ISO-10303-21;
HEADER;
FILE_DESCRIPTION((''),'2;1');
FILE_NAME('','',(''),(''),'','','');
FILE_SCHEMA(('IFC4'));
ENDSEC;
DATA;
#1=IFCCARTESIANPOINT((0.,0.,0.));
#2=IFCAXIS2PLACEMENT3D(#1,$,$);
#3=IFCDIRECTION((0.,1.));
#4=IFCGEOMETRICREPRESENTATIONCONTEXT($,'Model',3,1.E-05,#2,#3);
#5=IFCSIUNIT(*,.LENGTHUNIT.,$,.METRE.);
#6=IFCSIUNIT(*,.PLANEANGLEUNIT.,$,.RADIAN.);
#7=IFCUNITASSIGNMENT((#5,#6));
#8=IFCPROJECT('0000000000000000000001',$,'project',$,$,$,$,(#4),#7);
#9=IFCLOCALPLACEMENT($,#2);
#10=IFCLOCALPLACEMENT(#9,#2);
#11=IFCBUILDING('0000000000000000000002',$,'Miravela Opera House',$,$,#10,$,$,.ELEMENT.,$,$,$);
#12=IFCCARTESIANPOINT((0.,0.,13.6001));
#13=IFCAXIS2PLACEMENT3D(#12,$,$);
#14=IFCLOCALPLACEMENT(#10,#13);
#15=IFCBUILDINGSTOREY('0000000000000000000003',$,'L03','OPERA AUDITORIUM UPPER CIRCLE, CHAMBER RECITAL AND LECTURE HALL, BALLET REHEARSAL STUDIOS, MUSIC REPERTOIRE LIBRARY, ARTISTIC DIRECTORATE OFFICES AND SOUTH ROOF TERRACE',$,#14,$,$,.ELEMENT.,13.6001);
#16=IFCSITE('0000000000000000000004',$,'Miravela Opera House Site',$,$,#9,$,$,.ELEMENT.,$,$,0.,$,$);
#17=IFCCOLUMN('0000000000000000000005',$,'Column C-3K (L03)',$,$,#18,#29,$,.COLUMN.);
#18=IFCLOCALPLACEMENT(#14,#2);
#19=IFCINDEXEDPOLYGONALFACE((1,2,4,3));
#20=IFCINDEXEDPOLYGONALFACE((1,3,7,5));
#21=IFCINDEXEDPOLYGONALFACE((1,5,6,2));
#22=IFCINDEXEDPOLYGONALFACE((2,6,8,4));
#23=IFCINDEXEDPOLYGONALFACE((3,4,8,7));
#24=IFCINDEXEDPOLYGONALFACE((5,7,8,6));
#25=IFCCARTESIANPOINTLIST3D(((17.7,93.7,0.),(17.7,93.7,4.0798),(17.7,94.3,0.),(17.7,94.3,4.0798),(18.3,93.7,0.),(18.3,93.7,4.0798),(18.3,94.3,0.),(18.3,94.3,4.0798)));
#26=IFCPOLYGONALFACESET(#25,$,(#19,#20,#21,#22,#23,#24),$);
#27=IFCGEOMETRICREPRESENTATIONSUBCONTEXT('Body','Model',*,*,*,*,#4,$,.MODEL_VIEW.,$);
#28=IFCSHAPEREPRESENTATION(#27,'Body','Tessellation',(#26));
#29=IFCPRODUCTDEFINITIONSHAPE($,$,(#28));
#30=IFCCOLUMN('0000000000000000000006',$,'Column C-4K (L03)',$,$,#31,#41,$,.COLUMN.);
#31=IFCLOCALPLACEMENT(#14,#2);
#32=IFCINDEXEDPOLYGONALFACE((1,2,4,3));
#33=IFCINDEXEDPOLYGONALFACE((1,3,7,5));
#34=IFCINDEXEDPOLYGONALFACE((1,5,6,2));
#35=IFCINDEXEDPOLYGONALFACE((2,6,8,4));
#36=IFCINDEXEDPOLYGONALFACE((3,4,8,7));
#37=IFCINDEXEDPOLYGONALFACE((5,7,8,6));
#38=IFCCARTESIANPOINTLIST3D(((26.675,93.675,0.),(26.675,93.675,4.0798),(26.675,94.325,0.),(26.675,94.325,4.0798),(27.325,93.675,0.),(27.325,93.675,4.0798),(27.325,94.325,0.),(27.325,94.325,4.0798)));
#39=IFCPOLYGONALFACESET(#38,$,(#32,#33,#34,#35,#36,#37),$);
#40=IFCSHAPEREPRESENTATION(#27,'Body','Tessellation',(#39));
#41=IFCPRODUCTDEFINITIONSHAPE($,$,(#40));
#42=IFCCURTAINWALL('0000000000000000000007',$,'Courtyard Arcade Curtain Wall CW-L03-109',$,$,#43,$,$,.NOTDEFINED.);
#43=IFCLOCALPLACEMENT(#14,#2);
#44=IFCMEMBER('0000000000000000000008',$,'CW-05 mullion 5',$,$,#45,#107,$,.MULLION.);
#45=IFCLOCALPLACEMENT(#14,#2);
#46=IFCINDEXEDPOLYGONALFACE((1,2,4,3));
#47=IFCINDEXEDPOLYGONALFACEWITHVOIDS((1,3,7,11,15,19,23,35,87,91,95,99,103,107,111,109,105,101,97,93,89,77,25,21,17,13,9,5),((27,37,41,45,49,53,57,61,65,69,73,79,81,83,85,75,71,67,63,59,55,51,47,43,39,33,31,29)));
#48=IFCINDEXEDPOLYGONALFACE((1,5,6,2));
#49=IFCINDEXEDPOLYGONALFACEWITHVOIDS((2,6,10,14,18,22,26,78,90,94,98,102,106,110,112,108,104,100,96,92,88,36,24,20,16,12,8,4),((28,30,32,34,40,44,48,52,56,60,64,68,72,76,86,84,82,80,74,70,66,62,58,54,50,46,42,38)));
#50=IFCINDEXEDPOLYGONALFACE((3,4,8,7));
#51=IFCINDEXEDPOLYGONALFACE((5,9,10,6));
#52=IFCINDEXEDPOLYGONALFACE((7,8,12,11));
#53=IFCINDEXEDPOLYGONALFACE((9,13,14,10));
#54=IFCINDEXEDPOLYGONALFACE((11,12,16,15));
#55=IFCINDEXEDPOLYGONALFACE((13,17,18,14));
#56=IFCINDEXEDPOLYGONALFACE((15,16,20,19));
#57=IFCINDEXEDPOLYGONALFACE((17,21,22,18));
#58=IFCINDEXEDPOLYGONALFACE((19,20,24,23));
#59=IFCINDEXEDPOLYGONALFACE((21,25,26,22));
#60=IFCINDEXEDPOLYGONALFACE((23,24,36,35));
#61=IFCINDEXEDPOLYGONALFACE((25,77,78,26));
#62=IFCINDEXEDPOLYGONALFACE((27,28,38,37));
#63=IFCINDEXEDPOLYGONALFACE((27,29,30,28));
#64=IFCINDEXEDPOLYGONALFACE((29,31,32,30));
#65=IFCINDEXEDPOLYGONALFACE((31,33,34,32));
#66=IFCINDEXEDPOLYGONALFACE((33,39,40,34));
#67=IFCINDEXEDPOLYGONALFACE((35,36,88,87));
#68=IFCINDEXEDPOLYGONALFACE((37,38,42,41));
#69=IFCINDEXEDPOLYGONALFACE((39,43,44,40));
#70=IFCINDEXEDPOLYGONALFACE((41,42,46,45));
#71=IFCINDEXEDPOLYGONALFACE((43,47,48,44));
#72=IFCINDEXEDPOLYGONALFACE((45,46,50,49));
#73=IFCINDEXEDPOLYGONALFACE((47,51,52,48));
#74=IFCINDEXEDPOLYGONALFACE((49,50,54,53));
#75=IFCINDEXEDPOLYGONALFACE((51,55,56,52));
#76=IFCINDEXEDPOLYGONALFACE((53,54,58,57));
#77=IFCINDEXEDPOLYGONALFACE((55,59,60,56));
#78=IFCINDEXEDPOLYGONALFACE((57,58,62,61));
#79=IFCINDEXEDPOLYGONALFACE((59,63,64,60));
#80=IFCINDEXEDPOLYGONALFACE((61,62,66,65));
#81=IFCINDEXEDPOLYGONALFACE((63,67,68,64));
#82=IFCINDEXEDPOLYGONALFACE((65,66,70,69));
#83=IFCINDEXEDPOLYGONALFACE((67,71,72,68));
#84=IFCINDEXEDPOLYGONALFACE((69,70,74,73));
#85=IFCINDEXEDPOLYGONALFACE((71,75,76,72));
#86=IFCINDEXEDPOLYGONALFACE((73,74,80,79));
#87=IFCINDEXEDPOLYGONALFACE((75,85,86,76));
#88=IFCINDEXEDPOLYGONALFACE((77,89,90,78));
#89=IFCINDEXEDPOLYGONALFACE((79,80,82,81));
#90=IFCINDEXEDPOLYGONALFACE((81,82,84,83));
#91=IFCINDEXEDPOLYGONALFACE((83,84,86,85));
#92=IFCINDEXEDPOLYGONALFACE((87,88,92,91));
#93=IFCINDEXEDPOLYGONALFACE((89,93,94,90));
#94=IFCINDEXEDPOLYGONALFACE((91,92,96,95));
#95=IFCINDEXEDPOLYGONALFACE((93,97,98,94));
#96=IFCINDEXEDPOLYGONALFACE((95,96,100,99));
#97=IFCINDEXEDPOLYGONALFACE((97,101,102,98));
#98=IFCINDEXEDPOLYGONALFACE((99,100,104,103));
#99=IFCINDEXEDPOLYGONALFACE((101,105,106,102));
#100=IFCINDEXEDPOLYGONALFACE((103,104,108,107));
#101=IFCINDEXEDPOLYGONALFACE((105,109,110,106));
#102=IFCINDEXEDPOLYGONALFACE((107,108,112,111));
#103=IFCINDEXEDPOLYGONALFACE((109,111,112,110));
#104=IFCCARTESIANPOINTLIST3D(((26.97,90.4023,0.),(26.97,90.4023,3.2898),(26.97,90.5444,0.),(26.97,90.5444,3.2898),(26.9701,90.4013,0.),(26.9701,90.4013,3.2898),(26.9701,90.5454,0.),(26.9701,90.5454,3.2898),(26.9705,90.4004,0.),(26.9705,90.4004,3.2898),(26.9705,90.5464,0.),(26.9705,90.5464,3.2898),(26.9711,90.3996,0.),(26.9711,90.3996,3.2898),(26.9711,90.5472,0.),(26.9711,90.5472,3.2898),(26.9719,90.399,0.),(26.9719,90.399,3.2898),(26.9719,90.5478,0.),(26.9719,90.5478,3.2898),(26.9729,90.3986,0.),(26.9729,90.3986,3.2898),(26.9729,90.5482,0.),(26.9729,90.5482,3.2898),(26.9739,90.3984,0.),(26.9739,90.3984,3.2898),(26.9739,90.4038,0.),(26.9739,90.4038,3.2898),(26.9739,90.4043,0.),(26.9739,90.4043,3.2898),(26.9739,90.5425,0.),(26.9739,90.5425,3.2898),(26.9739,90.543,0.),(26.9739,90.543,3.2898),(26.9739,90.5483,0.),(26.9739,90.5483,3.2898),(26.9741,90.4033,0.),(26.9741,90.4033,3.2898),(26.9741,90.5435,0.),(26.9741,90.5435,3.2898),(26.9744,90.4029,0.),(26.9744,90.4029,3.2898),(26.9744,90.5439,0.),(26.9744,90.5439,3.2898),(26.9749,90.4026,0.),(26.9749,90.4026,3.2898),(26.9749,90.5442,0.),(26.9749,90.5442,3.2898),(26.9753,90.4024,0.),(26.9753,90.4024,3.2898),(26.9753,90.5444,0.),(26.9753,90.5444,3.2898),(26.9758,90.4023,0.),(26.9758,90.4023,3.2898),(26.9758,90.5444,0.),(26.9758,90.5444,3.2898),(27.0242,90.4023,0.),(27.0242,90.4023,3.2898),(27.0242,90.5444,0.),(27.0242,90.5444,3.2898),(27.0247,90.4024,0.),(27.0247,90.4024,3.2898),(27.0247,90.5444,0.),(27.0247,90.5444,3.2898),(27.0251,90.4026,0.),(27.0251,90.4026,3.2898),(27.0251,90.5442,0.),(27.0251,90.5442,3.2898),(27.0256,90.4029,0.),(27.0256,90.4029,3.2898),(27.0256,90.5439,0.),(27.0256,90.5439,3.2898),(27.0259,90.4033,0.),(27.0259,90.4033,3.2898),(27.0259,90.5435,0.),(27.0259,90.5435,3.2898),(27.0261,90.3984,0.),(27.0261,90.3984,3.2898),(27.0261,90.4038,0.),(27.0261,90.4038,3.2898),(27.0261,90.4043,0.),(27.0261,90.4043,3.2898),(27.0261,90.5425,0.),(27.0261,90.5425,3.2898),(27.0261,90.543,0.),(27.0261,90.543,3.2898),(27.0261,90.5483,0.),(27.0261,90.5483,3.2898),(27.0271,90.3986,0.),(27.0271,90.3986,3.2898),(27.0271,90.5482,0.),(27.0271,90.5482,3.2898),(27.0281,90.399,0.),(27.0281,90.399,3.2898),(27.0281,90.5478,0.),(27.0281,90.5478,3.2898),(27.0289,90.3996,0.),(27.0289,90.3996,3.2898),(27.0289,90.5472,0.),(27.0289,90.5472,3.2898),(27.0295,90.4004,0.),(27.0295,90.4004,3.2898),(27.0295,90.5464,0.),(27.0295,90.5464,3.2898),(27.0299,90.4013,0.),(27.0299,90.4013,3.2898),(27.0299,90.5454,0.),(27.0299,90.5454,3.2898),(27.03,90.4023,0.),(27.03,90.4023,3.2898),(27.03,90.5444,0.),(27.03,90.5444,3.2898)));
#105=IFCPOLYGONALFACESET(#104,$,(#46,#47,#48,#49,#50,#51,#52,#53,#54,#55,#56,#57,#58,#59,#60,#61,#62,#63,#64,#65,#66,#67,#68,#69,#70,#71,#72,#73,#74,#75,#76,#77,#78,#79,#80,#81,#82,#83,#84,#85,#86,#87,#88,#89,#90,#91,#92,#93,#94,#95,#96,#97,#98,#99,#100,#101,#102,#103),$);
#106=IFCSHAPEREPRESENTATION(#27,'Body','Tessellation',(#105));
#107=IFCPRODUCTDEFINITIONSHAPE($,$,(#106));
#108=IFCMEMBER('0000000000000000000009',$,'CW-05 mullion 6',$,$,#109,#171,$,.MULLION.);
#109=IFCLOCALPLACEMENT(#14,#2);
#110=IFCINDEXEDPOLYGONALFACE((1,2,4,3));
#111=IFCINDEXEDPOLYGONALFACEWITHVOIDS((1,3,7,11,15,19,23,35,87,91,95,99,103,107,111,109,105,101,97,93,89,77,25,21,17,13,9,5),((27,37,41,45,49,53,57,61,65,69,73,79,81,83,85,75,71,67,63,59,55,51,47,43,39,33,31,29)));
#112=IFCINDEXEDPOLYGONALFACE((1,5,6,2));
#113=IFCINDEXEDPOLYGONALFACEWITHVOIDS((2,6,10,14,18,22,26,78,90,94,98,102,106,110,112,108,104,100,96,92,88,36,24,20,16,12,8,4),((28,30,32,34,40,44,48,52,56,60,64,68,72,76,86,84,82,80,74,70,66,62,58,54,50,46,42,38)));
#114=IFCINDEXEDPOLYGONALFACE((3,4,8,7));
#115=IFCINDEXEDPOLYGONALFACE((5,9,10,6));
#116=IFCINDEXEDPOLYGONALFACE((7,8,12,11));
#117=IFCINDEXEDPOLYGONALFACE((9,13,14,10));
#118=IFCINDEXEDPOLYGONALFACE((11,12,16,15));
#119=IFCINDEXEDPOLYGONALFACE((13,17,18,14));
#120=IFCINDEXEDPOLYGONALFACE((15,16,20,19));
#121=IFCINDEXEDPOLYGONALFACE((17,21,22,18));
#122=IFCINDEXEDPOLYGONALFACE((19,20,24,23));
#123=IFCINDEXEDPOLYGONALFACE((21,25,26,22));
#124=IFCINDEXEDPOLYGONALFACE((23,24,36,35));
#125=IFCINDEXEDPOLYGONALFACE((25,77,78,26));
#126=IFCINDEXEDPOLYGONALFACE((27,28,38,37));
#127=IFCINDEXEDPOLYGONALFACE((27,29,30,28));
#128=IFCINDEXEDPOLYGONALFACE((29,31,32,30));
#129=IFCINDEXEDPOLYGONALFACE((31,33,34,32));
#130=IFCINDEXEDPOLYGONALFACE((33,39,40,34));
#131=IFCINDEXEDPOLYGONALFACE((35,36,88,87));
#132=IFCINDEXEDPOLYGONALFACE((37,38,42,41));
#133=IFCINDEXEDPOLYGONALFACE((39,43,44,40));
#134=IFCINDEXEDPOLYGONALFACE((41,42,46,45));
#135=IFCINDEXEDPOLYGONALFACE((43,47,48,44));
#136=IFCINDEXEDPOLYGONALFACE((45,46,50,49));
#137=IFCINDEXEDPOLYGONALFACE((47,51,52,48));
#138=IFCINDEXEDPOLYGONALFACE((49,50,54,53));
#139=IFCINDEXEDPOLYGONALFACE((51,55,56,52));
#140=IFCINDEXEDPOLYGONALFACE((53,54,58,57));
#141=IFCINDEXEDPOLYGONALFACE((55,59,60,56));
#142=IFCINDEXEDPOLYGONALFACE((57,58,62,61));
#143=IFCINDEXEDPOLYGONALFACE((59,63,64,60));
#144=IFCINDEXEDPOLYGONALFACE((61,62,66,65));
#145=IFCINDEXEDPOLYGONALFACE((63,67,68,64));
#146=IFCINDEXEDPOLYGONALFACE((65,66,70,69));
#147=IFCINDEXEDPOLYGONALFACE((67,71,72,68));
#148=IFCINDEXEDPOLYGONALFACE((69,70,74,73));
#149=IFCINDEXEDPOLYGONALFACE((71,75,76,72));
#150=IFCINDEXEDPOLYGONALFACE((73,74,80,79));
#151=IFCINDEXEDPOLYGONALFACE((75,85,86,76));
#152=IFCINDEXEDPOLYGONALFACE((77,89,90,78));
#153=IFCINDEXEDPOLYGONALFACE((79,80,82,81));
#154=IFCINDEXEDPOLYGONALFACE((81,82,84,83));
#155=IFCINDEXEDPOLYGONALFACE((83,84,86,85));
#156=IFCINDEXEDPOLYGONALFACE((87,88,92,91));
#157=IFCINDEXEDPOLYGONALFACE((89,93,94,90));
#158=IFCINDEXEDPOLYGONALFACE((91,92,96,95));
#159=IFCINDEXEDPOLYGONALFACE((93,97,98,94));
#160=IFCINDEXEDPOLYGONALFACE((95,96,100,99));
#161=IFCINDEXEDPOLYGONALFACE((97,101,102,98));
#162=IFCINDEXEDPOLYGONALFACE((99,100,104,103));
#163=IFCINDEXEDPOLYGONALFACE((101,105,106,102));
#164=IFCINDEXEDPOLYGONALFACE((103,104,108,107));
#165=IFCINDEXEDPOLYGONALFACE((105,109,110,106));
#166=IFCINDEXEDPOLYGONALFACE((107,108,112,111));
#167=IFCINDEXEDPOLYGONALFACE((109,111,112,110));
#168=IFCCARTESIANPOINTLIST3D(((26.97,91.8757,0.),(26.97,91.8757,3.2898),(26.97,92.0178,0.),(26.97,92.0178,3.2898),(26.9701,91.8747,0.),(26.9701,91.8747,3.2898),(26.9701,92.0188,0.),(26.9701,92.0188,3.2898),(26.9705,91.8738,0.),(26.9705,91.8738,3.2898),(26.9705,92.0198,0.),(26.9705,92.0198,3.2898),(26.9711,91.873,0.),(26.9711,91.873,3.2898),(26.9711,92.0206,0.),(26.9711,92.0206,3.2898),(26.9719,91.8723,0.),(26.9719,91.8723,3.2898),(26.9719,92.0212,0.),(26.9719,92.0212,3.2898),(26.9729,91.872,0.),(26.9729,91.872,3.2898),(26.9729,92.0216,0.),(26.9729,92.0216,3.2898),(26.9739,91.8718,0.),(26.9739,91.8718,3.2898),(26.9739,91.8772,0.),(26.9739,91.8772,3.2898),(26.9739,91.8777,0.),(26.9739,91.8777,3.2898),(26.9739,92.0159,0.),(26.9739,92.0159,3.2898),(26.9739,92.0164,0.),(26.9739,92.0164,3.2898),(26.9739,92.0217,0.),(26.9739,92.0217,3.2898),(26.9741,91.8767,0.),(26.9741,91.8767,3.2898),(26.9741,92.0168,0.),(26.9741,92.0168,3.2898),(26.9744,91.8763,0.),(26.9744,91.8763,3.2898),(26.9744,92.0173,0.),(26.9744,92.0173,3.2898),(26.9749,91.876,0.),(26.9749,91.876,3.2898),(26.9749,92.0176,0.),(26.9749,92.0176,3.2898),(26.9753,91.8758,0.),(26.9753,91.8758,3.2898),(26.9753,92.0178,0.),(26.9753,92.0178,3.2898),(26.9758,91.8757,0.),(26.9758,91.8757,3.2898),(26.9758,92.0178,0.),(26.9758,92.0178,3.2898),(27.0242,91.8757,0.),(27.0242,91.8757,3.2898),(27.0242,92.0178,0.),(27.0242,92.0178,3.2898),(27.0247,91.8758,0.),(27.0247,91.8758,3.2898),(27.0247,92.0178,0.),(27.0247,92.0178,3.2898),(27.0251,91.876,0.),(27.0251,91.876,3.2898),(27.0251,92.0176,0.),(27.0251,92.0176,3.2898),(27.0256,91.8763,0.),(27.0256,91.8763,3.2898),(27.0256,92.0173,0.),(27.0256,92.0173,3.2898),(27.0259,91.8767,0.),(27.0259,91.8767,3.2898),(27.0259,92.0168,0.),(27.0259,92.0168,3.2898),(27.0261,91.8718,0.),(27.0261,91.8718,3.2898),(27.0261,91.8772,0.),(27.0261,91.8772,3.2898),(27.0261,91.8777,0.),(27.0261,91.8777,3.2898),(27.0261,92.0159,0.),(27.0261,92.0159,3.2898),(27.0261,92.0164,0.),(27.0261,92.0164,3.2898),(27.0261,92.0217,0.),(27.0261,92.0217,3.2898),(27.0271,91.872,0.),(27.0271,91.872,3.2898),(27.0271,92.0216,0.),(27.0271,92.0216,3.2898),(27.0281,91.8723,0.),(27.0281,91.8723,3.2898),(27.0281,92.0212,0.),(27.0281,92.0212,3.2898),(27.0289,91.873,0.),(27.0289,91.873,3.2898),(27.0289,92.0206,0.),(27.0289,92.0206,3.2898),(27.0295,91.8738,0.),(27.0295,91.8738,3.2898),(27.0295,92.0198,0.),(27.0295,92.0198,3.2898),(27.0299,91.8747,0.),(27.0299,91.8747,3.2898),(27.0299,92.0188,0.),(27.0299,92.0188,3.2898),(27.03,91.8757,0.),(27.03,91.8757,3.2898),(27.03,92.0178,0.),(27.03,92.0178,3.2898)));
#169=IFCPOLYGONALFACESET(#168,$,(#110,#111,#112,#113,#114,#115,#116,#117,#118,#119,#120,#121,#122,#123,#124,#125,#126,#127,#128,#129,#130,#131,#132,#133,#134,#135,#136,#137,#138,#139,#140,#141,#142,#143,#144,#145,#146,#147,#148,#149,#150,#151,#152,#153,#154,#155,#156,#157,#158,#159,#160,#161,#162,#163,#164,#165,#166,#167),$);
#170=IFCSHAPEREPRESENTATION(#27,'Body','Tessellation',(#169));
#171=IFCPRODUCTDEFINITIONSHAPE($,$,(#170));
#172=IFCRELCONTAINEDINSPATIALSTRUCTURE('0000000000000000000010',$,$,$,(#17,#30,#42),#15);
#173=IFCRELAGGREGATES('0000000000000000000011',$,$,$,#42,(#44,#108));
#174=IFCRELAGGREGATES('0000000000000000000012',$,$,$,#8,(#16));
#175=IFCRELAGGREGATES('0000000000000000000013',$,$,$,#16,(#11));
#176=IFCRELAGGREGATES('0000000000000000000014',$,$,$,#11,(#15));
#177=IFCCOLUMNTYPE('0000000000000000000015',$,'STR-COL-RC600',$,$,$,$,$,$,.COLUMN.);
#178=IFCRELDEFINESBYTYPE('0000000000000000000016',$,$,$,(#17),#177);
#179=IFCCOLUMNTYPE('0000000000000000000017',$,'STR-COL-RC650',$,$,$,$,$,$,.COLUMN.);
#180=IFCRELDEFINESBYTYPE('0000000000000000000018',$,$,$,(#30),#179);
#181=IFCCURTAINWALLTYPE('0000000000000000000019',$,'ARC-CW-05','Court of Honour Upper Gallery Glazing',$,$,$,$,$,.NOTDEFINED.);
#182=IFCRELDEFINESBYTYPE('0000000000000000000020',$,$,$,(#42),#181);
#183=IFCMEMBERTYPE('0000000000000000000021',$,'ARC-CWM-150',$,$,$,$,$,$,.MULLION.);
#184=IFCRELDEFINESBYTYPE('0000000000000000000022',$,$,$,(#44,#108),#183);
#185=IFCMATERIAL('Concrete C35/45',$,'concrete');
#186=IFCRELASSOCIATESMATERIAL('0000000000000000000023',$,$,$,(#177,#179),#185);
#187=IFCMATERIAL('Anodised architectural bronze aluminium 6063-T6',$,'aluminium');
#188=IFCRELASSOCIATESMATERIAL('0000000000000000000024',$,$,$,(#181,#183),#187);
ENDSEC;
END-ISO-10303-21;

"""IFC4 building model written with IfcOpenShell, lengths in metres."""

from ifc_helpers import new_model, si_unit, direction, frame, origin, origin_2d, place, context, subcontext, project, spatial, rectangle, hollow_rectangle, extrude, material, material_profile, profile_set, type_object, element, aggregate, save


model = new_model("IFC4")

# Units and contexts
model_context = context("Model", 3, precision=1e-05, world=origin(), true_north=direction((0.0, 1.0)))
body_context = subcontext(model_context, "Body", "Model", "MODEL_VIEW")
ifc_project = project(units=[si_unit("LENGTHUNIT", "METRE"), si_unit("PLANEANGLEUNIT", "RADIAN")], contexts=[model_context])

# Site, building, storey
site_placement = place(None, origin())
site = spatial("IfcSite", under=ifc_project, at=site_placement, Name="Miravela Opera House Site", CompositionType="ELEMENT", RefElevation=0.0)
building_placement = place(site_placement, origin())
building = spatial("IfcBuilding", under=site, at=building_placement, Name="Miravela Opera House", CompositionType="ELEMENT")
storey_placement = place(building_placement, frame((0.0, 0.0, 13.6001)))
storey = spatial("IfcBuildingStorey", under=building, at=storey_placement, Name="L03", Description="OPERA AUDITORIUM UPPER CIRCLE, CHAMBER RECITAL AND LECTURE HALL, BALLET REHEARSAL STUDIOS, MUSIC REPERTOIRE LIBRARY, ARTISTIC DIRECTORATE OFFICES AND SOUTH ROOF TERRACE", CompositionType="ELEMENT", Elevation=13.6001)

# Columns
ifc_material_1 = material(Name="Concrete C35/45", Category="concrete")
ifc_material_profile_1 = material_profile(ifc_material_1, rectangle(XDim=0.6001, YDim=0.6001, at=origin_2d()), Name="RC-COL-600X600")
ifc_profile_set_1 = profile_set([ifc_material_profile_1])
column_type_1 = type_object("IfcColumnType", Name="STR-COL-RC600", PredefinedType="COLUMN", material=ifc_profile_set_1)
column_1_placement = place(storey_placement, frame((18.0, 94.0, 0.0), z_axis=(0.0, 0.0, 1.0), x_axis=(1.0, 0.0, 0.0)))
element("IfcColumn", 1, at=column_1_placement, inside=storey, type_object=column_type_1, Name="Column C-3K (L03)", PredefinedType="COLUMN", context=body_context, shape_type="SweptSolid", body=[
    extrude(rectangle(XDim=0.6001, YDim=0.6001, at=origin_2d()), origin(), (0.0, 0.0, 1.0), 4.0798),
])
ifc_material_profile_2 = material_profile(ifc_material_1, rectangle(XDim=0.6499, YDim=0.6499, at=origin_2d()), Name="RC-COL-650X650")
ifc_profile_set_2 = profile_set([ifc_material_profile_2])
column_type_2 = type_object("IfcColumnType", Name="STR-COL-RC650", PredefinedType="COLUMN", material=ifc_profile_set_2)
column_2_placement = place(storey_placement, frame((27.0, 94.0, 0.0), z_axis=(0.0, 0.0, 1.0), x_axis=(1.0, 0.0, 0.0)))
element("IfcColumn", 2, at=column_2_placement, inside=storey, type_object=column_type_2, Name="Column C-4K (L03)", PredefinedType="COLUMN", context=body_context, shape_type="SweptSolid", body=[
    extrude(rectangle(XDim=0.6499, YDim=0.6499, at=origin_2d()), origin(), (0.0, 0.0, 1.0), 4.0798),
])

# Curtain wall, members
ifc_material_2 = material(Name="Anodised architectural bronze aluminium 6063-T6", Category="aluminium")
curtain_wall_type = type_object("IfcCurtainWallType", Name="ARC-CW-05", Description="Court of Honour Upper Gallery Glazing", PredefinedType="NOTDEFINED", material=ifc_material_2)
curtain_wall_1_placement = place(storey_placement, origin())
curtain_wall_1 = element("IfcCurtainWall", 3, at=curtain_wall_1_placement, inside=storey, type_object=curtain_wall_type, Name="Courtyard Arcade Curtain Wall CW-L03-109", PredefinedType="NOTDEFINED")
ifc_material_profile_3 = material_profile(ifc_material_2, hollow_rectangle(XDim=0.0601, YDim=0.1499, WallThickness=0.0039, InnerFilletRadius=0.002, OuterFilletRadius=0.0039, at=origin_2d()), Name="CWM-60X150")
ifc_profile_set_3 = profile_set([ifc_material_profile_3])
member_type_1 = type_object("IfcMemberType", Name="ARC-CWM-150", PredefinedType="MULLION", material=ifc_profile_set_3)
member_1_placement = place(storey_placement, frame((27.0, 90.4734, 0.0), z_axis=(0.0, 0.0, 1.0), x_axis=(-1.0, 0.0, 0.0)))
member_1 = element("IfcMember", 4, at=member_1_placement, type_object=member_type_1, Name="CW-05 mullion 5", PredefinedType="MULLION", context=body_context, shape_type="SweptSolid", body=[
    extrude(hollow_rectangle(XDim=0.0601, YDim=0.1499, WallThickness=0.0039, InnerFilletRadius=0.002, OuterFilletRadius=0.0039, at=origin_2d()), origin(), (0.0, 0.0, 1.0), 3.2898),
])
member_2_placement = place(storey_placement, frame((27.0, 91.9468, 0.0), z_axis=(0.0, 0.0, 1.0), x_axis=(-1.0, 0.0, 0.0)))
member_2 = element("IfcMember", 5, at=member_2_placement, type_object=member_type_1, Name="CW-05 mullion 6", PredefinedType="MULLION", context=body_context, shape_type="SweptSolid", body=[
    extrude(hollow_rectangle(XDim=0.0601, YDim=0.1499, WallThickness=0.0039, InnerFilletRadius=0.002, OuterFilletRadius=0.0039, at=origin_2d()), origin(), (0.0, 0.0, 1.0), 3.2898),
])

aggregate(curtain_wall_1, [member_1, member_2])

save(model, "model.ifc")
